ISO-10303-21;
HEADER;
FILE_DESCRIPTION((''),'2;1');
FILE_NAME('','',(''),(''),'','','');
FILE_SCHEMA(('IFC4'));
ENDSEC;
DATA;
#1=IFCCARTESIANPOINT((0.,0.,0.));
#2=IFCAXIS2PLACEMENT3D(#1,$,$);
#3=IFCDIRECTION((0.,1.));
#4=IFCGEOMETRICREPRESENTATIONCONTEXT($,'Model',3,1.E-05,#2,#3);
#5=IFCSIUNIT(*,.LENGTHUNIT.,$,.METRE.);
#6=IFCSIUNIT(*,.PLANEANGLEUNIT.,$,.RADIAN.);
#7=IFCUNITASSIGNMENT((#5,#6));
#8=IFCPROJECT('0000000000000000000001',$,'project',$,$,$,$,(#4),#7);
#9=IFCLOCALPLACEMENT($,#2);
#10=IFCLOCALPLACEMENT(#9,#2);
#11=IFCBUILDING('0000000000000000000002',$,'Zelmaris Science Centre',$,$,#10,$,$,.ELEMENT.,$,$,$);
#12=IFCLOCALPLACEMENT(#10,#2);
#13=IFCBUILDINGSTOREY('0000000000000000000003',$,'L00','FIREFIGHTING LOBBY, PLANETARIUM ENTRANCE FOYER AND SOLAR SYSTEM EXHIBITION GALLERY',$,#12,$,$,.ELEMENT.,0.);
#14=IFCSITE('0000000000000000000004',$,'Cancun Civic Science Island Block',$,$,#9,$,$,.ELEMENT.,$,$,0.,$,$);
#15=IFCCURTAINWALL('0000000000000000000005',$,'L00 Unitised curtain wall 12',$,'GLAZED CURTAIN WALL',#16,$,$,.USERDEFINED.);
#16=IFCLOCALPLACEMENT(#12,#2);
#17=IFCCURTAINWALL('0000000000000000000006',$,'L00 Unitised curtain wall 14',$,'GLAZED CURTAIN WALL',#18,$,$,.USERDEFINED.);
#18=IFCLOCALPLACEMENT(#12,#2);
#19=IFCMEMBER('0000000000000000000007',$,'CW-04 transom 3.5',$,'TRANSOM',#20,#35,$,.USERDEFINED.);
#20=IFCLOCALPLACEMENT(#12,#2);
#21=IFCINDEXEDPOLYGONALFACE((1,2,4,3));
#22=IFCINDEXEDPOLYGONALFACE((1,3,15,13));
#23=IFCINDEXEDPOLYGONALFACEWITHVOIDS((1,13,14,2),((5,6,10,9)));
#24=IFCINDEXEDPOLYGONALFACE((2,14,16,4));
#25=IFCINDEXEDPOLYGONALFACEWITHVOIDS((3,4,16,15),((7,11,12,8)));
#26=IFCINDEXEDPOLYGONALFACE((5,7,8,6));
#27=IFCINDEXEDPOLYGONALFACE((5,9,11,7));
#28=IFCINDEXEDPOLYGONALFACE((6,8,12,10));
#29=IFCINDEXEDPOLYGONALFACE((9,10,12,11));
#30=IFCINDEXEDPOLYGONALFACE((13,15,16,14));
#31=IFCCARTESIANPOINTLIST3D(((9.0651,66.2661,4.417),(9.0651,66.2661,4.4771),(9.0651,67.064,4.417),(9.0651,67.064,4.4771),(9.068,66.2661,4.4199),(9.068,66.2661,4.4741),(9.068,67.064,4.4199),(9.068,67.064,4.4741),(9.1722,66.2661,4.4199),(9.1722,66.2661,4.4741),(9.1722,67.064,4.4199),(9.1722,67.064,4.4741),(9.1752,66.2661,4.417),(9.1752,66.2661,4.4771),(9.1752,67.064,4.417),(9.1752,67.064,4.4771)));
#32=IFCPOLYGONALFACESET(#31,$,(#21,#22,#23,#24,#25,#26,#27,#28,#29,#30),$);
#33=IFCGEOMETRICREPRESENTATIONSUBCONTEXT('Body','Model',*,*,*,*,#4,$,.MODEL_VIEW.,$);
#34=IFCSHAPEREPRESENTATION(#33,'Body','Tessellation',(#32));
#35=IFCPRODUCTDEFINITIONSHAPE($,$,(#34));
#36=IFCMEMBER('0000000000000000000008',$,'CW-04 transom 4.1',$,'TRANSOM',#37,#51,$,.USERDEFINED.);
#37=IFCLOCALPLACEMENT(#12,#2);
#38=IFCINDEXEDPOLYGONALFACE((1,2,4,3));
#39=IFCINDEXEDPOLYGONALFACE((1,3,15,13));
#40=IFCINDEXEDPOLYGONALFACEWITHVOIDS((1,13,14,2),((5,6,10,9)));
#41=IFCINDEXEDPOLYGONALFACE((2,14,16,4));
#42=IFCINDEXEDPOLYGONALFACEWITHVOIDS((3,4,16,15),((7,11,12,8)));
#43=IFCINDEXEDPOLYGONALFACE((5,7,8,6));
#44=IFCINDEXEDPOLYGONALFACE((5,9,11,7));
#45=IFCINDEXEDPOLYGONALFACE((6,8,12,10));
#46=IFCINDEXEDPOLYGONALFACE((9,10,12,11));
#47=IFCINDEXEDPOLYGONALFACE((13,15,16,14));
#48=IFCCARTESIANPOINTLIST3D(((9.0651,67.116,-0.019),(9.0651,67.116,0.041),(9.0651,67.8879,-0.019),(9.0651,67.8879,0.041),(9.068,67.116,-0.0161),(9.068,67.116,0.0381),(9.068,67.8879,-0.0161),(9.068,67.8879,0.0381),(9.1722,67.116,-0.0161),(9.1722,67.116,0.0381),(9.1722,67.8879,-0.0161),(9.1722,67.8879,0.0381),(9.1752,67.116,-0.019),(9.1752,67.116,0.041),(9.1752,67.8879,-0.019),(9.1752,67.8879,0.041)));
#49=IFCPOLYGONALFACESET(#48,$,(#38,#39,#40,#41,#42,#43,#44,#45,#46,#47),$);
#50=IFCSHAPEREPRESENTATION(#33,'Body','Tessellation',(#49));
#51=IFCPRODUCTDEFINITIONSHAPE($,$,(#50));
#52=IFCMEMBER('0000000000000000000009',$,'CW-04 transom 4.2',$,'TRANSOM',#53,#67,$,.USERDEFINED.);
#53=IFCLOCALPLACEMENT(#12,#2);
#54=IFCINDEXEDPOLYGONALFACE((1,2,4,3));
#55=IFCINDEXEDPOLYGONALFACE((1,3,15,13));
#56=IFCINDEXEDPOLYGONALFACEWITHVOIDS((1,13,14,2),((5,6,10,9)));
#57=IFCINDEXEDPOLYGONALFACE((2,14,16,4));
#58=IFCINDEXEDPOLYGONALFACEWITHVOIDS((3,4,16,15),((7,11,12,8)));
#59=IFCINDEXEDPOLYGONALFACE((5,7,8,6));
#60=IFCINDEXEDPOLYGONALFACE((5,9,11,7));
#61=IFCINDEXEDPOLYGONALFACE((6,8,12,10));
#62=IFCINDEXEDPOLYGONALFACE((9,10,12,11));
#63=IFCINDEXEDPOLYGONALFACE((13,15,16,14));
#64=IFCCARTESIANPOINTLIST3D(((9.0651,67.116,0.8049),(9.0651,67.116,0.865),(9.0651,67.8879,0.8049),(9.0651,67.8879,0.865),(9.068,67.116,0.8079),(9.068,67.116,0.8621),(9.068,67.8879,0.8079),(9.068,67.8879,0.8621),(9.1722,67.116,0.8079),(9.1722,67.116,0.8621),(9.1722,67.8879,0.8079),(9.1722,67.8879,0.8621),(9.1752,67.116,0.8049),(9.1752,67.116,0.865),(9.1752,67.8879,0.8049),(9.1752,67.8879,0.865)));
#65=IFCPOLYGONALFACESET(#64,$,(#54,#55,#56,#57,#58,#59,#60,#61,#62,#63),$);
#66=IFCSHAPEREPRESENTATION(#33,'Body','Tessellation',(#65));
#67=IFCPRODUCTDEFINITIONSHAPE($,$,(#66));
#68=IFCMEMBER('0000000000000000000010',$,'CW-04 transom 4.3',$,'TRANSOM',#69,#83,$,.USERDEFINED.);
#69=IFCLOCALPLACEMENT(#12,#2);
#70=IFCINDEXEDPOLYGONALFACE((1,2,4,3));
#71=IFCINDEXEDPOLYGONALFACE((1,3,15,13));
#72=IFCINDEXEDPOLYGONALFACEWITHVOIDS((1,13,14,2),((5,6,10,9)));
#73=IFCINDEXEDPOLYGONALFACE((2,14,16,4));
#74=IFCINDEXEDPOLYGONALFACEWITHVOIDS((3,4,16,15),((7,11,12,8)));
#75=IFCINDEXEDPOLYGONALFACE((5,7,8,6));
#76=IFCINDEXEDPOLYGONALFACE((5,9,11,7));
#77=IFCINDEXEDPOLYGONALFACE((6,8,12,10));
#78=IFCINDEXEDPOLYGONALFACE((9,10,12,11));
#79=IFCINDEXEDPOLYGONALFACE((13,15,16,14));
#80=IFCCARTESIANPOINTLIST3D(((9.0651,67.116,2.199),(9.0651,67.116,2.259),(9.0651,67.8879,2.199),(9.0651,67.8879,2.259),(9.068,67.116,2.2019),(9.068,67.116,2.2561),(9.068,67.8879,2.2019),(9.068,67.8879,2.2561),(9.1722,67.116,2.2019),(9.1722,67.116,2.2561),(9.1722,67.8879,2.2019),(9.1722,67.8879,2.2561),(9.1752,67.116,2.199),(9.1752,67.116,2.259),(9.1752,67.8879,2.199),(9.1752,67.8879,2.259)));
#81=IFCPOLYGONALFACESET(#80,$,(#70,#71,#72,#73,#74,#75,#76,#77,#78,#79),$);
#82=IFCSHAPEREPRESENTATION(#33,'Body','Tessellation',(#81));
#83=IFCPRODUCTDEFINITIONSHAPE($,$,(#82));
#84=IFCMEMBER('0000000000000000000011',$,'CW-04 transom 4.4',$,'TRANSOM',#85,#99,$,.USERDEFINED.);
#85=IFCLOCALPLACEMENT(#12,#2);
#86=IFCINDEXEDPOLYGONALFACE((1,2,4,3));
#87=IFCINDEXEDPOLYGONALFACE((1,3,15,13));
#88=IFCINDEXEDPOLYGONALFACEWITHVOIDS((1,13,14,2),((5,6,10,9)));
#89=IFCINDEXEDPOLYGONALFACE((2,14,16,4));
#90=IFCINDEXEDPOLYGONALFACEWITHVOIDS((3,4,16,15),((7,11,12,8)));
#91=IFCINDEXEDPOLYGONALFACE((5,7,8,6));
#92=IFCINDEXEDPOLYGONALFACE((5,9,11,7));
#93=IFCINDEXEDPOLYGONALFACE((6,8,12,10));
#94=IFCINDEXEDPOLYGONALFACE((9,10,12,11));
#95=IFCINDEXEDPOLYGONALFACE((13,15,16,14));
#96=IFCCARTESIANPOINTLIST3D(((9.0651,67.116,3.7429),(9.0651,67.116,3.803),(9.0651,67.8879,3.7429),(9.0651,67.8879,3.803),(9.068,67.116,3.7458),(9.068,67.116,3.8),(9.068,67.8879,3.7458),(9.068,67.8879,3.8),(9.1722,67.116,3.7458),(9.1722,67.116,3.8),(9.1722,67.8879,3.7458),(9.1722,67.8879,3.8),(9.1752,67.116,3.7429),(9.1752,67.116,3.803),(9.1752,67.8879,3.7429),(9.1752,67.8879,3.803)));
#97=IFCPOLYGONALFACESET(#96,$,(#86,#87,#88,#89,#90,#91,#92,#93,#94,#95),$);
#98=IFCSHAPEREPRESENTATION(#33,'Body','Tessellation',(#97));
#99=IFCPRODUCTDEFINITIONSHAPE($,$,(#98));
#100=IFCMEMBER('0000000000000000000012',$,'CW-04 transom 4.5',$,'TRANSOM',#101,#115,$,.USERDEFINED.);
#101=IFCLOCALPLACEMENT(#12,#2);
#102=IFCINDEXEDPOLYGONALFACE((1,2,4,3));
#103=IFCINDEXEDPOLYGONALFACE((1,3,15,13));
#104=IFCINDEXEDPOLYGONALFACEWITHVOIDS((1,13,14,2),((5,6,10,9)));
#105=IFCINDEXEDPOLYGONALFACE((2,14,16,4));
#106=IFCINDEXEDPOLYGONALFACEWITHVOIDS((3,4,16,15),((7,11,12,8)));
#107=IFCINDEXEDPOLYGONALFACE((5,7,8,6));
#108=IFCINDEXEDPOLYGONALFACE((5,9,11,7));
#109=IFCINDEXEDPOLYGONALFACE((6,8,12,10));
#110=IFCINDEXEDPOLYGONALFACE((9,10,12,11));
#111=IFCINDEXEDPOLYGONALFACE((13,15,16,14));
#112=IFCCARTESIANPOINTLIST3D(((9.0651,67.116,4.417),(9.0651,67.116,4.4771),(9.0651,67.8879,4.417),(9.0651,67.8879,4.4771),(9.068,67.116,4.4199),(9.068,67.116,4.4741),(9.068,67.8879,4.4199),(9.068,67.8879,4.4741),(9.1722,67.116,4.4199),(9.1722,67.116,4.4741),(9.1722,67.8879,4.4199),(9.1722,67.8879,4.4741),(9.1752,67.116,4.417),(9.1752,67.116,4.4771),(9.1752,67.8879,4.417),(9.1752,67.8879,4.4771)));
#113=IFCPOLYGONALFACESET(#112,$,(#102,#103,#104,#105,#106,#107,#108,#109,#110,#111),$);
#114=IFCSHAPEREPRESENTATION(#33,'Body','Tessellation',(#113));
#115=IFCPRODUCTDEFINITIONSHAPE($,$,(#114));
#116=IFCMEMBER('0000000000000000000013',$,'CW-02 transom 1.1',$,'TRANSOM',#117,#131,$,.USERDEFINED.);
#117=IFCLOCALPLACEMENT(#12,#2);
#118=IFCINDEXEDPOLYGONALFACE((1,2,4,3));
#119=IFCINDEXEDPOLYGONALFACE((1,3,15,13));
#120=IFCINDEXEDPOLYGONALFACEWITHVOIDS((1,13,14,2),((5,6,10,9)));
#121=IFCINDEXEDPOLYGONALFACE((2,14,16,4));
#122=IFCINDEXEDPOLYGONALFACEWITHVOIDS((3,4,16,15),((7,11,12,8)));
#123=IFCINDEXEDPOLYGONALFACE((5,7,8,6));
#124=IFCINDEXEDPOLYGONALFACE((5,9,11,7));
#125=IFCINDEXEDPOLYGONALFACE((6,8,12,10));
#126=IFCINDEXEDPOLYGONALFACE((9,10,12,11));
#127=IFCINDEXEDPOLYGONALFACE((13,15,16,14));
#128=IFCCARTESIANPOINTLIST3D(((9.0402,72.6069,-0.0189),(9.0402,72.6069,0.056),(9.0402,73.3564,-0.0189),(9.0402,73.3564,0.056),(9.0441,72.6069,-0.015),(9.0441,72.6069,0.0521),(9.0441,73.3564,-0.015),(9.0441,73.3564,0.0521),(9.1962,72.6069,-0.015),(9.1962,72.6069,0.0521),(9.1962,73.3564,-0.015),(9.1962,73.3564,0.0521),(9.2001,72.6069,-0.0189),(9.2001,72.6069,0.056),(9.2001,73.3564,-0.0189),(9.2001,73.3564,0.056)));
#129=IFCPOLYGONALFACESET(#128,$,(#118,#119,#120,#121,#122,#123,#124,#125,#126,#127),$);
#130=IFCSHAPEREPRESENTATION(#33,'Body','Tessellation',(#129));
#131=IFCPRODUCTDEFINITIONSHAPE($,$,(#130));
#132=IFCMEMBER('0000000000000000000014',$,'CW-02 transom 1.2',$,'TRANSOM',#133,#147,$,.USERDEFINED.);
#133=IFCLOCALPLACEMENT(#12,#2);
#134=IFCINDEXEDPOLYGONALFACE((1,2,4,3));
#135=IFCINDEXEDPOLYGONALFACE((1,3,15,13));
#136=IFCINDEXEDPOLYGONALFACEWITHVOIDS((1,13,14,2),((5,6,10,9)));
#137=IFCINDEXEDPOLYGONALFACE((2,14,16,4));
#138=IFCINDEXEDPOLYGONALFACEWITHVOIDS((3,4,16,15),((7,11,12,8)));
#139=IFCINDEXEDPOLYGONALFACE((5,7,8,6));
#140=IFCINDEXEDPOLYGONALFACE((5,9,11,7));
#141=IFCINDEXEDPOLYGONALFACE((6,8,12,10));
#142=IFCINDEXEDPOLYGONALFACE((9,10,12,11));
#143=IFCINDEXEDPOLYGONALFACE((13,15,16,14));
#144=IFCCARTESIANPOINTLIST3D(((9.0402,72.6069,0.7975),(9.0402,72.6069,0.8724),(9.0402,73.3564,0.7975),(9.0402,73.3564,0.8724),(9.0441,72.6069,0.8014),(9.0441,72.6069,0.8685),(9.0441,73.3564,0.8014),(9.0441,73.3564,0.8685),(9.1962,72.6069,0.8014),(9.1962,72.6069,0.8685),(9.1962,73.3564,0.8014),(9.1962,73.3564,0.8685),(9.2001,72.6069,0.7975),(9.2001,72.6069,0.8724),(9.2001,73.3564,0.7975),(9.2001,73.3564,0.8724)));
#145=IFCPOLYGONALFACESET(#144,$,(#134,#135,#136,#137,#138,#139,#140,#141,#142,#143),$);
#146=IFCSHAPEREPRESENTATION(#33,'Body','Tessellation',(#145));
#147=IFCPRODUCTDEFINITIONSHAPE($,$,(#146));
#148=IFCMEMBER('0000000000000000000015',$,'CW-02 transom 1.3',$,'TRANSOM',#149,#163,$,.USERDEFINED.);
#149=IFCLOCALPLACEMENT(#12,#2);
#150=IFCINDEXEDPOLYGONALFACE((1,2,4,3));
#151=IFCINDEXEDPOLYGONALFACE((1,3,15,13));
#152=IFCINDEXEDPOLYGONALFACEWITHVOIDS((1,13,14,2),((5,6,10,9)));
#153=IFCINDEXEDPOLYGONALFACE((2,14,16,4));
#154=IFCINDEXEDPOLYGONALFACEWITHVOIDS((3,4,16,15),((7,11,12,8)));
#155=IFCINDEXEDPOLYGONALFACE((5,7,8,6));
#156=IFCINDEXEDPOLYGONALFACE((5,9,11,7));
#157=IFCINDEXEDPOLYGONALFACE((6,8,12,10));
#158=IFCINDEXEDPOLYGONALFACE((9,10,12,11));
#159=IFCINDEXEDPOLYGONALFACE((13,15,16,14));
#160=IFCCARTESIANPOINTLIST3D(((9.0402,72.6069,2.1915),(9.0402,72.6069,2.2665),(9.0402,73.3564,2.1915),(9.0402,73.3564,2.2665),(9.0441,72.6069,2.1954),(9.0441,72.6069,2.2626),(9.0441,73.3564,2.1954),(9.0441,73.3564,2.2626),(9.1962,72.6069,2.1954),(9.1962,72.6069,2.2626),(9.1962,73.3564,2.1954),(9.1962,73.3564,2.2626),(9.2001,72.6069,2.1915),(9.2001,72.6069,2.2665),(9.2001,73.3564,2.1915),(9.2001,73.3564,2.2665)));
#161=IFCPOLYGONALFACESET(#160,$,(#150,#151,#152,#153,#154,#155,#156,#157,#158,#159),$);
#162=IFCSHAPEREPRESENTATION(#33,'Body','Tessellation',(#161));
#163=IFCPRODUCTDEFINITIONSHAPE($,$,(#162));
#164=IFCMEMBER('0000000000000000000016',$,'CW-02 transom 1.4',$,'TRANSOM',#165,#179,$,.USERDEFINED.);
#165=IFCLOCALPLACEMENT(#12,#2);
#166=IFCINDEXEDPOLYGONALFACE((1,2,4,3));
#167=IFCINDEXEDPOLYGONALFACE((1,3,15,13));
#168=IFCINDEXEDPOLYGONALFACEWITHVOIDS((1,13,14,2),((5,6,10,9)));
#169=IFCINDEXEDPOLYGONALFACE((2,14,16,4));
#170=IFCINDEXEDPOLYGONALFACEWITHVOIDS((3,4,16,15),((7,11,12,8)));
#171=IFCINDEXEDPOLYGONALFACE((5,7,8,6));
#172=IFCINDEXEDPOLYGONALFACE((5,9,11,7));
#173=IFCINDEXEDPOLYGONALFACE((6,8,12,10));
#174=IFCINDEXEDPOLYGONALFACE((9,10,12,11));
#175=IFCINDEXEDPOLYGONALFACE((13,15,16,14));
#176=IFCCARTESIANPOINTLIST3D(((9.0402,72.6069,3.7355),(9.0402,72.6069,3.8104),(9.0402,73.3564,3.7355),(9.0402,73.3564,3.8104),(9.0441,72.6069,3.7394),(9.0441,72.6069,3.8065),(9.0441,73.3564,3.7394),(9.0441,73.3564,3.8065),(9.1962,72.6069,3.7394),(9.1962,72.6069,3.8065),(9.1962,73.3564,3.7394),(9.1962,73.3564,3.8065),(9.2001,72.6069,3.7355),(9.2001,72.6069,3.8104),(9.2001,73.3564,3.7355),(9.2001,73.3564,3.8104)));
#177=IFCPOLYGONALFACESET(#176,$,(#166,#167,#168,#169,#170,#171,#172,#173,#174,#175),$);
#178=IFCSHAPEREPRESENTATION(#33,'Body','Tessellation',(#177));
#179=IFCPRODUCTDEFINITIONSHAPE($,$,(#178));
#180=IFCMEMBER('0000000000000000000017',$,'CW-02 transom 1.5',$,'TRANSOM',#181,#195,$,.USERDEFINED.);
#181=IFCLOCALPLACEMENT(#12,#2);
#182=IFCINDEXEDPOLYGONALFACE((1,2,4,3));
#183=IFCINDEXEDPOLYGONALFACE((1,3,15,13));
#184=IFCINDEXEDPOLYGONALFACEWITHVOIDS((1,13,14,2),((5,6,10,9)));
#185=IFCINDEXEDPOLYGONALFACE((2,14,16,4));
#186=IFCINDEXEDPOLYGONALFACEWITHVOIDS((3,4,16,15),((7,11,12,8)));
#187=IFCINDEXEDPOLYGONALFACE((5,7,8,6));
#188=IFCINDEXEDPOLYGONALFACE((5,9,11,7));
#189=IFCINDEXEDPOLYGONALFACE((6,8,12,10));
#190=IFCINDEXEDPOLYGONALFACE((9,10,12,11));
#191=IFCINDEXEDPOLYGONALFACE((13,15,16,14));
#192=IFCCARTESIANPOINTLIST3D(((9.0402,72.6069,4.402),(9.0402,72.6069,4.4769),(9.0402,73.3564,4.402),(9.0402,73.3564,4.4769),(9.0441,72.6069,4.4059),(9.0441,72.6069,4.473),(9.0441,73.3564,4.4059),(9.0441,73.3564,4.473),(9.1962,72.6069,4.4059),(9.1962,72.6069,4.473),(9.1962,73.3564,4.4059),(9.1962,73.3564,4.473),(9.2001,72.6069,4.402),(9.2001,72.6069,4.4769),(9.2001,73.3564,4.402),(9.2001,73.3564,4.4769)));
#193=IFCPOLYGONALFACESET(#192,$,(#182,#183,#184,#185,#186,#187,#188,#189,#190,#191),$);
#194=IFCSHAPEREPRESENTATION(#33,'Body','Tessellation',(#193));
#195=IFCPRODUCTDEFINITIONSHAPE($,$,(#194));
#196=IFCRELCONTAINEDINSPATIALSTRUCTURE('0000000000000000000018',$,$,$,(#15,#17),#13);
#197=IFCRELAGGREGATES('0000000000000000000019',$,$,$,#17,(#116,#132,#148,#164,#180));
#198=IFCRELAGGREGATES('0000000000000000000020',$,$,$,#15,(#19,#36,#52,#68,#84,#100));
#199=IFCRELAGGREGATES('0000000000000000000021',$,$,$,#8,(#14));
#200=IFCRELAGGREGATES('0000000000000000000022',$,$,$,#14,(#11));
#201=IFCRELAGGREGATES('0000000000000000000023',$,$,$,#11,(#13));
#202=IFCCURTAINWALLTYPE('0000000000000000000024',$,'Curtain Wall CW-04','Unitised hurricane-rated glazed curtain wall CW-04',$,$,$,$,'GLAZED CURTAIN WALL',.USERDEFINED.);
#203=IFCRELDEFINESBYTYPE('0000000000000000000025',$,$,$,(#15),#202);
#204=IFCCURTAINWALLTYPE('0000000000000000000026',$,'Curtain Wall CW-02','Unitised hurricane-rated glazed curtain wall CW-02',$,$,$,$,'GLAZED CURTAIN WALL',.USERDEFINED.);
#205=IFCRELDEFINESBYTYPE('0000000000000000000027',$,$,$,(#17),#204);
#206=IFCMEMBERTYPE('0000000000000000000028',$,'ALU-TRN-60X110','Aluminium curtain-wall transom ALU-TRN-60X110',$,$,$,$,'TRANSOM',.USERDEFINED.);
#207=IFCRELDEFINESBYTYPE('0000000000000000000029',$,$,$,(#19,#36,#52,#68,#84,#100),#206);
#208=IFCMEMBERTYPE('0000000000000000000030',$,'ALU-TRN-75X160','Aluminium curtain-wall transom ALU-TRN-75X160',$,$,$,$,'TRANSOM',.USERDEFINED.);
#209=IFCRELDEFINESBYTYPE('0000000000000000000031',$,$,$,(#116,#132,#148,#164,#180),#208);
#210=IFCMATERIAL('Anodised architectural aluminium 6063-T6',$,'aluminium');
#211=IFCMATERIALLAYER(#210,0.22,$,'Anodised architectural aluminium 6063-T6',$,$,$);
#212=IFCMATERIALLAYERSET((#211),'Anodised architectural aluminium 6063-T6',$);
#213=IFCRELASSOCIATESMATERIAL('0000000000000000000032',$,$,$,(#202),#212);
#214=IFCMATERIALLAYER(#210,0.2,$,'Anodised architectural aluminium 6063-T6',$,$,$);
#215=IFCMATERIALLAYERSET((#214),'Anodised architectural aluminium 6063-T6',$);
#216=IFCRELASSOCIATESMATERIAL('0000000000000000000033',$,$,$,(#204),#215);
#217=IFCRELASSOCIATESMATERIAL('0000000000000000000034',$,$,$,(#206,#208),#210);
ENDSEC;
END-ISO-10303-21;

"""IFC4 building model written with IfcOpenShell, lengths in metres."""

from ifc_helpers import new_model, si_unit, direction, frame, origin, origin_2d, place, context, subcontext, project, spatial, hollow_rectangle, extrude, material, layer, layer_set, material_profile, profile_set, type_object, element, aggregate, save


model = new_model("IFC4")

# Units and contexts
model_context = context("Model", 3, precision=1e-05, world=origin(), true_north=direction((0.0, 1.0)))
body_context = subcontext(model_context, "Body", "Model", "MODEL_VIEW")
ifc_project = project(units=[si_unit("LENGTHUNIT", "METRE"), si_unit("PLANEANGLEUNIT", "RADIAN")], contexts=[model_context])

# Site, building, storey
site_placement = place(None, origin())
site = spatial("IfcSite", under=ifc_project, at=site_placement, Name="Cancun Civic Science Island Block", CompositionType="ELEMENT", RefElevation=0.0)
building_placement = place(site_placement, origin())
building = spatial("IfcBuilding", under=site, at=building_placement, Name="Zelmaris Science Centre", CompositionType="ELEMENT")
storey_placement = place(building_placement, origin())
storey = spatial("IfcBuildingStorey", under=building, at=storey_placement, Name="L00", Description="FIREFIGHTING LOBBY, PLANETARIUM ENTRANCE FOYER AND SOLAR SYSTEM EXHIBITION GALLERY", CompositionType="ELEMENT", Elevation=0.0)

# Curtain wall
ifc_material_1 = material(Name="Anodised architectural aluminium 6063-T6", Category="aluminium")
ifc_layer_1 = layer(ifc_material_1, 0.22, Name="Anodised architectural aluminium 6063-T6")
ifc_layer_set_1 = layer_set([ifc_layer_1], Name="Anodised architectural aluminium 6063-T6")
curtain_wall_type_1 = type_object("IfcCurtainWallType", Name="Curtain Wall CW-04", Description="Unitised hurricane-rated glazed curtain wall CW-04", ElementType="GLAZED CURTAIN WALL", PredefinedType="USERDEFINED", material=ifc_layer_set_1)
curtain_wall_1_placement = place(storey_placement, origin())
curtain_wall_1 = element("IfcCurtainWall", 1, at=curtain_wall_1_placement, inside=storey, type_object=curtain_wall_type_1, Name="L00 Unitised curtain wall 12", ObjectType="GLAZED CURTAIN WALL", PredefinedType="USERDEFINED")

# Curtain wall
ifc_layer_2 = layer(ifc_material_1, 0.2, Name="Anodised architectural aluminium 6063-T6")
ifc_layer_set_2 = layer_set([ifc_layer_2], Name="Anodised architectural aluminium 6063-T6")
curtain_wall_type_2 = type_object("IfcCurtainWallType", Name="Curtain Wall CW-02", Description="Unitised hurricane-rated glazed curtain wall CW-02", ElementType="GLAZED CURTAIN WALL", PredefinedType="USERDEFINED", material=ifc_layer_set_2)
curtain_wall_2_placement = place(storey_placement, origin())
curtain_wall_2 = element("IfcCurtainWall", 2, at=curtain_wall_2_placement, inside=storey, type_object=curtain_wall_type_2, Name="L00 Unitised curtain wall 14", ObjectType="GLAZED CURTAIN WALL", PredefinedType="USERDEFINED")

# Members
ifc_material_profile_1 = material_profile(ifc_material_1, hollow_rectangle(XDim=0.0601, YDim=0.1101, WallThickness=0.0029, at=origin_2d()), Name="ALU-TRN-60X110")
ifc_profile_set_1 = profile_set([ifc_material_profile_1], Name="Anodised architectural aluminium 6063-T6")
member_type_1 = type_object("IfcMemberType", Name="ALU-TRN-60X110", Description="Aluminium curtain-wall transom ALU-TRN-60X110", ElementType="TRANSOM", PredefinedType="USERDEFINED", material=ifc_profile_set_1)
member_1_placement = place(storey_placement, frame((9.1201, 66.2661, 4.447), z_axis=(0.0, 1.0, 0.0), x_axis=(0.0, 0.0, 1.0)))
member_1 = element("IfcMember", 3, at=member_1_placement, type_object=member_type_1, Name="CW-04 transom 3.5", ObjectType="TRANSOM", PredefinedType="USERDEFINED", context=body_context, shape_type="SweptSolid", body=[
    extrude(hollow_rectangle(XDim=0.0601, YDim=0.1101, WallThickness=0.0029, at=origin_2d()), origin(), (0.0, 0.0, 1.0), 0.7979),
])
member_2_placement = place(storey_placement, frame((9.1201, 67.116, 0.011), z_axis=(0.0, 1.0, 0.0), x_axis=(0.0, 0.0, 1.0)))
member_2 = element("IfcMember", 4, at=member_2_placement, type_object=member_type_1, Name="CW-04 transom 4.1", ObjectType="TRANSOM", PredefinedType="USERDEFINED", context=body_context, shape_type="SweptSolid", body=[
    extrude(hollow_rectangle(XDim=0.0601, YDim=0.1101, WallThickness=0.0029, at=origin_2d()), origin(), (0.0, 0.0, 1.0), 0.772),
])
member_3_placement = place(storey_placement, frame((9.1201, 67.116, 0.835), z_axis=(0.0, 1.0, 0.0), x_axis=(0.0, 0.0, 1.0)))
member_3 = element("IfcMember", 5, at=member_3_placement, type_object=member_type_1, Name="CW-04 transom 4.2", ObjectType="TRANSOM", PredefinedType="USERDEFINED", context=body_context, shape_type="SweptSolid", body=[
    extrude(hollow_rectangle(XDim=0.0601, YDim=0.1101, WallThickness=0.0029, at=origin_2d()), origin(), (0.0, 0.0, 1.0), 0.772),
])
member_4_placement = place(storey_placement, frame((9.1201, 67.116, 2.229), z_axis=(0.0, 1.0, 0.0), x_axis=(0.0, 0.0, 1.0)))
member_4 = element("IfcMember", 6, at=member_4_placement, type_object=member_type_1, Name="CW-04 transom 4.3", ObjectType="TRANSOM", PredefinedType="USERDEFINED", context=body_context, shape_type="SweptSolid", body=[
    extrude(hollow_rectangle(XDim=0.0601, YDim=0.1101, WallThickness=0.0029, at=origin_2d()), origin(), (0.0, 0.0, 1.0), 0.772),
])
member_5_placement = place(storey_placement, frame((9.1201, 67.116, 3.7729), z_axis=(0.0, 1.0, 0.0), x_axis=(0.0, 0.0, 1.0)))
member_5 = element("IfcMember", 7, at=member_5_placement, type_object=member_type_1, Name="CW-04 transom 4.4", ObjectType="TRANSOM", PredefinedType="USERDEFINED", context=body_context, shape_type="SweptSolid", body=[
    extrude(hollow_rectangle(XDim=0.0601, YDim=0.1101, WallThickness=0.0029, at=origin_2d()), origin(), (0.0, 0.0, 1.0), 0.772),
])
member_6_placement = place(storey_placement, frame((9.1201, 67.116, 4.447), z_axis=(0.0, 1.0, 0.0), x_axis=(0.0, 0.0, 1.0)))
member_6 = element("IfcMember", 8, at=member_6_placement, type_object=member_type_1, Name="CW-04 transom 4.5", ObjectType="TRANSOM", PredefinedType="USERDEFINED", context=body_context, shape_type="SweptSolid", body=[
    extrude(hollow_rectangle(XDim=0.0601, YDim=0.1101, WallThickness=0.0029, at=origin_2d()), origin(), (0.0, 0.0, 1.0), 0.772),
])
ifc_material_profile_2 = material_profile(ifc_material_1, hollow_rectangle(XDim=0.075, YDim=0.1599, WallThickness=0.0039, at=origin_2d()), Name="ALU-TRN-75X160")
ifc_profile_set_2 = profile_set([ifc_material_profile_2], Name="Anodised architectural aluminium 6063-T6")
member_type_2 = type_object("IfcMemberType", Name="ALU-TRN-75X160", Description="Aluminium curtain-wall transom ALU-TRN-75X160", ElementType="TRANSOM", PredefinedType="USERDEFINED", material=ifc_profile_set_2)
member_7_placement = place(storey_placement, frame((9.1201, 72.6069, 0.0186), z_axis=(0.0, 1.0, 0.0), x_axis=(0.0, 0.0, 1.0)))
member_7 = element("IfcMember", 9, at=member_7_placement, type_object=member_type_2, Name="CW-02 transom 1.1", ObjectType="TRANSOM", PredefinedType="USERDEFINED", context=body_context, shape_type="SweptSolid", body=[
    extrude(hollow_rectangle(XDim=0.075, YDim=0.1599, WallThickness=0.0039, at=origin_2d()), origin(), (0.0, 0.0, 1.0), 0.7495),
])
member_8_placement = place(storey_placement, frame((9.1201, 72.6069, 0.835), z_axis=(0.0, 1.0, 0.0), x_axis=(0.0, 0.0, 1.0)))
member_8 = element("IfcMember", 10, at=member_8_placement, type_object=member_type_2, Name="CW-02 transom 1.2", ObjectType="TRANSOM", PredefinedType="USERDEFINED", context=body_context, shape_type="SweptSolid", body=[
    extrude(hollow_rectangle(XDim=0.075, YDim=0.1599, WallThickness=0.0039, at=origin_2d()), origin(), (0.0, 0.0, 1.0), 0.7495),
])
member_9_placement = place(storey_placement, frame((9.1201, 72.6069, 2.229), z_axis=(0.0, 1.0, 0.0), x_axis=(0.0, 0.0, 1.0)))
member_9 = element("IfcMember", 11, at=member_9_placement, type_object=member_type_2, Name="CW-02 transom 1.3", ObjectType="TRANSOM", PredefinedType="USERDEFINED", context=body_context, shape_type="SweptSolid", body=[
    extrude(hollow_rectangle(XDim=0.075, YDim=0.1599, WallThickness=0.0039, at=origin_2d()), origin(), (0.0, 0.0, 1.0), 0.7495),
])
member_10_placement = place(storey_placement, frame((9.1201, 72.6069, 3.7729), z_axis=(0.0, 1.0, 0.0), x_axis=(0.0, 0.0, 1.0)))
member_10 = element("IfcMember", 12, at=member_10_placement, type_object=member_type_2, Name="CW-02 transom 1.4", ObjectType="TRANSOM", PredefinedType="USERDEFINED", context=body_context, shape_type="SweptSolid", body=[
    extrude(hollow_rectangle(XDim=0.075, YDim=0.1599, WallThickness=0.0039, at=origin_2d()), origin(), (0.0, 0.0, 1.0), 0.7495),
])
member_11_placement = place(storey_placement, frame((9.1201, 72.6069, 4.4395), z_axis=(0.0, 1.0, 0.0), x_axis=(0.0, 0.0, 1.0)))
member_11 = element("IfcMember", 13, at=member_11_placement, type_object=member_type_2, Name="CW-02 transom 1.5", ObjectType="TRANSOM", PredefinedType="USERDEFINED", context=body_context, shape_type="SweptSolid", body=[
    extrude(hollow_rectangle(XDim=0.075, YDim=0.1599, WallThickness=0.0039, at=origin_2d()), origin(), (0.0, 0.0, 1.0), 0.7495),
])

aggregate(curtain_wall_2, [member_7, member_8, member_9, member_10, member_11])
aggregate(curtain_wall_1, [member_1, member_2, member_3, member_4, member_5, member_6])

save(model, "model.ifc")
